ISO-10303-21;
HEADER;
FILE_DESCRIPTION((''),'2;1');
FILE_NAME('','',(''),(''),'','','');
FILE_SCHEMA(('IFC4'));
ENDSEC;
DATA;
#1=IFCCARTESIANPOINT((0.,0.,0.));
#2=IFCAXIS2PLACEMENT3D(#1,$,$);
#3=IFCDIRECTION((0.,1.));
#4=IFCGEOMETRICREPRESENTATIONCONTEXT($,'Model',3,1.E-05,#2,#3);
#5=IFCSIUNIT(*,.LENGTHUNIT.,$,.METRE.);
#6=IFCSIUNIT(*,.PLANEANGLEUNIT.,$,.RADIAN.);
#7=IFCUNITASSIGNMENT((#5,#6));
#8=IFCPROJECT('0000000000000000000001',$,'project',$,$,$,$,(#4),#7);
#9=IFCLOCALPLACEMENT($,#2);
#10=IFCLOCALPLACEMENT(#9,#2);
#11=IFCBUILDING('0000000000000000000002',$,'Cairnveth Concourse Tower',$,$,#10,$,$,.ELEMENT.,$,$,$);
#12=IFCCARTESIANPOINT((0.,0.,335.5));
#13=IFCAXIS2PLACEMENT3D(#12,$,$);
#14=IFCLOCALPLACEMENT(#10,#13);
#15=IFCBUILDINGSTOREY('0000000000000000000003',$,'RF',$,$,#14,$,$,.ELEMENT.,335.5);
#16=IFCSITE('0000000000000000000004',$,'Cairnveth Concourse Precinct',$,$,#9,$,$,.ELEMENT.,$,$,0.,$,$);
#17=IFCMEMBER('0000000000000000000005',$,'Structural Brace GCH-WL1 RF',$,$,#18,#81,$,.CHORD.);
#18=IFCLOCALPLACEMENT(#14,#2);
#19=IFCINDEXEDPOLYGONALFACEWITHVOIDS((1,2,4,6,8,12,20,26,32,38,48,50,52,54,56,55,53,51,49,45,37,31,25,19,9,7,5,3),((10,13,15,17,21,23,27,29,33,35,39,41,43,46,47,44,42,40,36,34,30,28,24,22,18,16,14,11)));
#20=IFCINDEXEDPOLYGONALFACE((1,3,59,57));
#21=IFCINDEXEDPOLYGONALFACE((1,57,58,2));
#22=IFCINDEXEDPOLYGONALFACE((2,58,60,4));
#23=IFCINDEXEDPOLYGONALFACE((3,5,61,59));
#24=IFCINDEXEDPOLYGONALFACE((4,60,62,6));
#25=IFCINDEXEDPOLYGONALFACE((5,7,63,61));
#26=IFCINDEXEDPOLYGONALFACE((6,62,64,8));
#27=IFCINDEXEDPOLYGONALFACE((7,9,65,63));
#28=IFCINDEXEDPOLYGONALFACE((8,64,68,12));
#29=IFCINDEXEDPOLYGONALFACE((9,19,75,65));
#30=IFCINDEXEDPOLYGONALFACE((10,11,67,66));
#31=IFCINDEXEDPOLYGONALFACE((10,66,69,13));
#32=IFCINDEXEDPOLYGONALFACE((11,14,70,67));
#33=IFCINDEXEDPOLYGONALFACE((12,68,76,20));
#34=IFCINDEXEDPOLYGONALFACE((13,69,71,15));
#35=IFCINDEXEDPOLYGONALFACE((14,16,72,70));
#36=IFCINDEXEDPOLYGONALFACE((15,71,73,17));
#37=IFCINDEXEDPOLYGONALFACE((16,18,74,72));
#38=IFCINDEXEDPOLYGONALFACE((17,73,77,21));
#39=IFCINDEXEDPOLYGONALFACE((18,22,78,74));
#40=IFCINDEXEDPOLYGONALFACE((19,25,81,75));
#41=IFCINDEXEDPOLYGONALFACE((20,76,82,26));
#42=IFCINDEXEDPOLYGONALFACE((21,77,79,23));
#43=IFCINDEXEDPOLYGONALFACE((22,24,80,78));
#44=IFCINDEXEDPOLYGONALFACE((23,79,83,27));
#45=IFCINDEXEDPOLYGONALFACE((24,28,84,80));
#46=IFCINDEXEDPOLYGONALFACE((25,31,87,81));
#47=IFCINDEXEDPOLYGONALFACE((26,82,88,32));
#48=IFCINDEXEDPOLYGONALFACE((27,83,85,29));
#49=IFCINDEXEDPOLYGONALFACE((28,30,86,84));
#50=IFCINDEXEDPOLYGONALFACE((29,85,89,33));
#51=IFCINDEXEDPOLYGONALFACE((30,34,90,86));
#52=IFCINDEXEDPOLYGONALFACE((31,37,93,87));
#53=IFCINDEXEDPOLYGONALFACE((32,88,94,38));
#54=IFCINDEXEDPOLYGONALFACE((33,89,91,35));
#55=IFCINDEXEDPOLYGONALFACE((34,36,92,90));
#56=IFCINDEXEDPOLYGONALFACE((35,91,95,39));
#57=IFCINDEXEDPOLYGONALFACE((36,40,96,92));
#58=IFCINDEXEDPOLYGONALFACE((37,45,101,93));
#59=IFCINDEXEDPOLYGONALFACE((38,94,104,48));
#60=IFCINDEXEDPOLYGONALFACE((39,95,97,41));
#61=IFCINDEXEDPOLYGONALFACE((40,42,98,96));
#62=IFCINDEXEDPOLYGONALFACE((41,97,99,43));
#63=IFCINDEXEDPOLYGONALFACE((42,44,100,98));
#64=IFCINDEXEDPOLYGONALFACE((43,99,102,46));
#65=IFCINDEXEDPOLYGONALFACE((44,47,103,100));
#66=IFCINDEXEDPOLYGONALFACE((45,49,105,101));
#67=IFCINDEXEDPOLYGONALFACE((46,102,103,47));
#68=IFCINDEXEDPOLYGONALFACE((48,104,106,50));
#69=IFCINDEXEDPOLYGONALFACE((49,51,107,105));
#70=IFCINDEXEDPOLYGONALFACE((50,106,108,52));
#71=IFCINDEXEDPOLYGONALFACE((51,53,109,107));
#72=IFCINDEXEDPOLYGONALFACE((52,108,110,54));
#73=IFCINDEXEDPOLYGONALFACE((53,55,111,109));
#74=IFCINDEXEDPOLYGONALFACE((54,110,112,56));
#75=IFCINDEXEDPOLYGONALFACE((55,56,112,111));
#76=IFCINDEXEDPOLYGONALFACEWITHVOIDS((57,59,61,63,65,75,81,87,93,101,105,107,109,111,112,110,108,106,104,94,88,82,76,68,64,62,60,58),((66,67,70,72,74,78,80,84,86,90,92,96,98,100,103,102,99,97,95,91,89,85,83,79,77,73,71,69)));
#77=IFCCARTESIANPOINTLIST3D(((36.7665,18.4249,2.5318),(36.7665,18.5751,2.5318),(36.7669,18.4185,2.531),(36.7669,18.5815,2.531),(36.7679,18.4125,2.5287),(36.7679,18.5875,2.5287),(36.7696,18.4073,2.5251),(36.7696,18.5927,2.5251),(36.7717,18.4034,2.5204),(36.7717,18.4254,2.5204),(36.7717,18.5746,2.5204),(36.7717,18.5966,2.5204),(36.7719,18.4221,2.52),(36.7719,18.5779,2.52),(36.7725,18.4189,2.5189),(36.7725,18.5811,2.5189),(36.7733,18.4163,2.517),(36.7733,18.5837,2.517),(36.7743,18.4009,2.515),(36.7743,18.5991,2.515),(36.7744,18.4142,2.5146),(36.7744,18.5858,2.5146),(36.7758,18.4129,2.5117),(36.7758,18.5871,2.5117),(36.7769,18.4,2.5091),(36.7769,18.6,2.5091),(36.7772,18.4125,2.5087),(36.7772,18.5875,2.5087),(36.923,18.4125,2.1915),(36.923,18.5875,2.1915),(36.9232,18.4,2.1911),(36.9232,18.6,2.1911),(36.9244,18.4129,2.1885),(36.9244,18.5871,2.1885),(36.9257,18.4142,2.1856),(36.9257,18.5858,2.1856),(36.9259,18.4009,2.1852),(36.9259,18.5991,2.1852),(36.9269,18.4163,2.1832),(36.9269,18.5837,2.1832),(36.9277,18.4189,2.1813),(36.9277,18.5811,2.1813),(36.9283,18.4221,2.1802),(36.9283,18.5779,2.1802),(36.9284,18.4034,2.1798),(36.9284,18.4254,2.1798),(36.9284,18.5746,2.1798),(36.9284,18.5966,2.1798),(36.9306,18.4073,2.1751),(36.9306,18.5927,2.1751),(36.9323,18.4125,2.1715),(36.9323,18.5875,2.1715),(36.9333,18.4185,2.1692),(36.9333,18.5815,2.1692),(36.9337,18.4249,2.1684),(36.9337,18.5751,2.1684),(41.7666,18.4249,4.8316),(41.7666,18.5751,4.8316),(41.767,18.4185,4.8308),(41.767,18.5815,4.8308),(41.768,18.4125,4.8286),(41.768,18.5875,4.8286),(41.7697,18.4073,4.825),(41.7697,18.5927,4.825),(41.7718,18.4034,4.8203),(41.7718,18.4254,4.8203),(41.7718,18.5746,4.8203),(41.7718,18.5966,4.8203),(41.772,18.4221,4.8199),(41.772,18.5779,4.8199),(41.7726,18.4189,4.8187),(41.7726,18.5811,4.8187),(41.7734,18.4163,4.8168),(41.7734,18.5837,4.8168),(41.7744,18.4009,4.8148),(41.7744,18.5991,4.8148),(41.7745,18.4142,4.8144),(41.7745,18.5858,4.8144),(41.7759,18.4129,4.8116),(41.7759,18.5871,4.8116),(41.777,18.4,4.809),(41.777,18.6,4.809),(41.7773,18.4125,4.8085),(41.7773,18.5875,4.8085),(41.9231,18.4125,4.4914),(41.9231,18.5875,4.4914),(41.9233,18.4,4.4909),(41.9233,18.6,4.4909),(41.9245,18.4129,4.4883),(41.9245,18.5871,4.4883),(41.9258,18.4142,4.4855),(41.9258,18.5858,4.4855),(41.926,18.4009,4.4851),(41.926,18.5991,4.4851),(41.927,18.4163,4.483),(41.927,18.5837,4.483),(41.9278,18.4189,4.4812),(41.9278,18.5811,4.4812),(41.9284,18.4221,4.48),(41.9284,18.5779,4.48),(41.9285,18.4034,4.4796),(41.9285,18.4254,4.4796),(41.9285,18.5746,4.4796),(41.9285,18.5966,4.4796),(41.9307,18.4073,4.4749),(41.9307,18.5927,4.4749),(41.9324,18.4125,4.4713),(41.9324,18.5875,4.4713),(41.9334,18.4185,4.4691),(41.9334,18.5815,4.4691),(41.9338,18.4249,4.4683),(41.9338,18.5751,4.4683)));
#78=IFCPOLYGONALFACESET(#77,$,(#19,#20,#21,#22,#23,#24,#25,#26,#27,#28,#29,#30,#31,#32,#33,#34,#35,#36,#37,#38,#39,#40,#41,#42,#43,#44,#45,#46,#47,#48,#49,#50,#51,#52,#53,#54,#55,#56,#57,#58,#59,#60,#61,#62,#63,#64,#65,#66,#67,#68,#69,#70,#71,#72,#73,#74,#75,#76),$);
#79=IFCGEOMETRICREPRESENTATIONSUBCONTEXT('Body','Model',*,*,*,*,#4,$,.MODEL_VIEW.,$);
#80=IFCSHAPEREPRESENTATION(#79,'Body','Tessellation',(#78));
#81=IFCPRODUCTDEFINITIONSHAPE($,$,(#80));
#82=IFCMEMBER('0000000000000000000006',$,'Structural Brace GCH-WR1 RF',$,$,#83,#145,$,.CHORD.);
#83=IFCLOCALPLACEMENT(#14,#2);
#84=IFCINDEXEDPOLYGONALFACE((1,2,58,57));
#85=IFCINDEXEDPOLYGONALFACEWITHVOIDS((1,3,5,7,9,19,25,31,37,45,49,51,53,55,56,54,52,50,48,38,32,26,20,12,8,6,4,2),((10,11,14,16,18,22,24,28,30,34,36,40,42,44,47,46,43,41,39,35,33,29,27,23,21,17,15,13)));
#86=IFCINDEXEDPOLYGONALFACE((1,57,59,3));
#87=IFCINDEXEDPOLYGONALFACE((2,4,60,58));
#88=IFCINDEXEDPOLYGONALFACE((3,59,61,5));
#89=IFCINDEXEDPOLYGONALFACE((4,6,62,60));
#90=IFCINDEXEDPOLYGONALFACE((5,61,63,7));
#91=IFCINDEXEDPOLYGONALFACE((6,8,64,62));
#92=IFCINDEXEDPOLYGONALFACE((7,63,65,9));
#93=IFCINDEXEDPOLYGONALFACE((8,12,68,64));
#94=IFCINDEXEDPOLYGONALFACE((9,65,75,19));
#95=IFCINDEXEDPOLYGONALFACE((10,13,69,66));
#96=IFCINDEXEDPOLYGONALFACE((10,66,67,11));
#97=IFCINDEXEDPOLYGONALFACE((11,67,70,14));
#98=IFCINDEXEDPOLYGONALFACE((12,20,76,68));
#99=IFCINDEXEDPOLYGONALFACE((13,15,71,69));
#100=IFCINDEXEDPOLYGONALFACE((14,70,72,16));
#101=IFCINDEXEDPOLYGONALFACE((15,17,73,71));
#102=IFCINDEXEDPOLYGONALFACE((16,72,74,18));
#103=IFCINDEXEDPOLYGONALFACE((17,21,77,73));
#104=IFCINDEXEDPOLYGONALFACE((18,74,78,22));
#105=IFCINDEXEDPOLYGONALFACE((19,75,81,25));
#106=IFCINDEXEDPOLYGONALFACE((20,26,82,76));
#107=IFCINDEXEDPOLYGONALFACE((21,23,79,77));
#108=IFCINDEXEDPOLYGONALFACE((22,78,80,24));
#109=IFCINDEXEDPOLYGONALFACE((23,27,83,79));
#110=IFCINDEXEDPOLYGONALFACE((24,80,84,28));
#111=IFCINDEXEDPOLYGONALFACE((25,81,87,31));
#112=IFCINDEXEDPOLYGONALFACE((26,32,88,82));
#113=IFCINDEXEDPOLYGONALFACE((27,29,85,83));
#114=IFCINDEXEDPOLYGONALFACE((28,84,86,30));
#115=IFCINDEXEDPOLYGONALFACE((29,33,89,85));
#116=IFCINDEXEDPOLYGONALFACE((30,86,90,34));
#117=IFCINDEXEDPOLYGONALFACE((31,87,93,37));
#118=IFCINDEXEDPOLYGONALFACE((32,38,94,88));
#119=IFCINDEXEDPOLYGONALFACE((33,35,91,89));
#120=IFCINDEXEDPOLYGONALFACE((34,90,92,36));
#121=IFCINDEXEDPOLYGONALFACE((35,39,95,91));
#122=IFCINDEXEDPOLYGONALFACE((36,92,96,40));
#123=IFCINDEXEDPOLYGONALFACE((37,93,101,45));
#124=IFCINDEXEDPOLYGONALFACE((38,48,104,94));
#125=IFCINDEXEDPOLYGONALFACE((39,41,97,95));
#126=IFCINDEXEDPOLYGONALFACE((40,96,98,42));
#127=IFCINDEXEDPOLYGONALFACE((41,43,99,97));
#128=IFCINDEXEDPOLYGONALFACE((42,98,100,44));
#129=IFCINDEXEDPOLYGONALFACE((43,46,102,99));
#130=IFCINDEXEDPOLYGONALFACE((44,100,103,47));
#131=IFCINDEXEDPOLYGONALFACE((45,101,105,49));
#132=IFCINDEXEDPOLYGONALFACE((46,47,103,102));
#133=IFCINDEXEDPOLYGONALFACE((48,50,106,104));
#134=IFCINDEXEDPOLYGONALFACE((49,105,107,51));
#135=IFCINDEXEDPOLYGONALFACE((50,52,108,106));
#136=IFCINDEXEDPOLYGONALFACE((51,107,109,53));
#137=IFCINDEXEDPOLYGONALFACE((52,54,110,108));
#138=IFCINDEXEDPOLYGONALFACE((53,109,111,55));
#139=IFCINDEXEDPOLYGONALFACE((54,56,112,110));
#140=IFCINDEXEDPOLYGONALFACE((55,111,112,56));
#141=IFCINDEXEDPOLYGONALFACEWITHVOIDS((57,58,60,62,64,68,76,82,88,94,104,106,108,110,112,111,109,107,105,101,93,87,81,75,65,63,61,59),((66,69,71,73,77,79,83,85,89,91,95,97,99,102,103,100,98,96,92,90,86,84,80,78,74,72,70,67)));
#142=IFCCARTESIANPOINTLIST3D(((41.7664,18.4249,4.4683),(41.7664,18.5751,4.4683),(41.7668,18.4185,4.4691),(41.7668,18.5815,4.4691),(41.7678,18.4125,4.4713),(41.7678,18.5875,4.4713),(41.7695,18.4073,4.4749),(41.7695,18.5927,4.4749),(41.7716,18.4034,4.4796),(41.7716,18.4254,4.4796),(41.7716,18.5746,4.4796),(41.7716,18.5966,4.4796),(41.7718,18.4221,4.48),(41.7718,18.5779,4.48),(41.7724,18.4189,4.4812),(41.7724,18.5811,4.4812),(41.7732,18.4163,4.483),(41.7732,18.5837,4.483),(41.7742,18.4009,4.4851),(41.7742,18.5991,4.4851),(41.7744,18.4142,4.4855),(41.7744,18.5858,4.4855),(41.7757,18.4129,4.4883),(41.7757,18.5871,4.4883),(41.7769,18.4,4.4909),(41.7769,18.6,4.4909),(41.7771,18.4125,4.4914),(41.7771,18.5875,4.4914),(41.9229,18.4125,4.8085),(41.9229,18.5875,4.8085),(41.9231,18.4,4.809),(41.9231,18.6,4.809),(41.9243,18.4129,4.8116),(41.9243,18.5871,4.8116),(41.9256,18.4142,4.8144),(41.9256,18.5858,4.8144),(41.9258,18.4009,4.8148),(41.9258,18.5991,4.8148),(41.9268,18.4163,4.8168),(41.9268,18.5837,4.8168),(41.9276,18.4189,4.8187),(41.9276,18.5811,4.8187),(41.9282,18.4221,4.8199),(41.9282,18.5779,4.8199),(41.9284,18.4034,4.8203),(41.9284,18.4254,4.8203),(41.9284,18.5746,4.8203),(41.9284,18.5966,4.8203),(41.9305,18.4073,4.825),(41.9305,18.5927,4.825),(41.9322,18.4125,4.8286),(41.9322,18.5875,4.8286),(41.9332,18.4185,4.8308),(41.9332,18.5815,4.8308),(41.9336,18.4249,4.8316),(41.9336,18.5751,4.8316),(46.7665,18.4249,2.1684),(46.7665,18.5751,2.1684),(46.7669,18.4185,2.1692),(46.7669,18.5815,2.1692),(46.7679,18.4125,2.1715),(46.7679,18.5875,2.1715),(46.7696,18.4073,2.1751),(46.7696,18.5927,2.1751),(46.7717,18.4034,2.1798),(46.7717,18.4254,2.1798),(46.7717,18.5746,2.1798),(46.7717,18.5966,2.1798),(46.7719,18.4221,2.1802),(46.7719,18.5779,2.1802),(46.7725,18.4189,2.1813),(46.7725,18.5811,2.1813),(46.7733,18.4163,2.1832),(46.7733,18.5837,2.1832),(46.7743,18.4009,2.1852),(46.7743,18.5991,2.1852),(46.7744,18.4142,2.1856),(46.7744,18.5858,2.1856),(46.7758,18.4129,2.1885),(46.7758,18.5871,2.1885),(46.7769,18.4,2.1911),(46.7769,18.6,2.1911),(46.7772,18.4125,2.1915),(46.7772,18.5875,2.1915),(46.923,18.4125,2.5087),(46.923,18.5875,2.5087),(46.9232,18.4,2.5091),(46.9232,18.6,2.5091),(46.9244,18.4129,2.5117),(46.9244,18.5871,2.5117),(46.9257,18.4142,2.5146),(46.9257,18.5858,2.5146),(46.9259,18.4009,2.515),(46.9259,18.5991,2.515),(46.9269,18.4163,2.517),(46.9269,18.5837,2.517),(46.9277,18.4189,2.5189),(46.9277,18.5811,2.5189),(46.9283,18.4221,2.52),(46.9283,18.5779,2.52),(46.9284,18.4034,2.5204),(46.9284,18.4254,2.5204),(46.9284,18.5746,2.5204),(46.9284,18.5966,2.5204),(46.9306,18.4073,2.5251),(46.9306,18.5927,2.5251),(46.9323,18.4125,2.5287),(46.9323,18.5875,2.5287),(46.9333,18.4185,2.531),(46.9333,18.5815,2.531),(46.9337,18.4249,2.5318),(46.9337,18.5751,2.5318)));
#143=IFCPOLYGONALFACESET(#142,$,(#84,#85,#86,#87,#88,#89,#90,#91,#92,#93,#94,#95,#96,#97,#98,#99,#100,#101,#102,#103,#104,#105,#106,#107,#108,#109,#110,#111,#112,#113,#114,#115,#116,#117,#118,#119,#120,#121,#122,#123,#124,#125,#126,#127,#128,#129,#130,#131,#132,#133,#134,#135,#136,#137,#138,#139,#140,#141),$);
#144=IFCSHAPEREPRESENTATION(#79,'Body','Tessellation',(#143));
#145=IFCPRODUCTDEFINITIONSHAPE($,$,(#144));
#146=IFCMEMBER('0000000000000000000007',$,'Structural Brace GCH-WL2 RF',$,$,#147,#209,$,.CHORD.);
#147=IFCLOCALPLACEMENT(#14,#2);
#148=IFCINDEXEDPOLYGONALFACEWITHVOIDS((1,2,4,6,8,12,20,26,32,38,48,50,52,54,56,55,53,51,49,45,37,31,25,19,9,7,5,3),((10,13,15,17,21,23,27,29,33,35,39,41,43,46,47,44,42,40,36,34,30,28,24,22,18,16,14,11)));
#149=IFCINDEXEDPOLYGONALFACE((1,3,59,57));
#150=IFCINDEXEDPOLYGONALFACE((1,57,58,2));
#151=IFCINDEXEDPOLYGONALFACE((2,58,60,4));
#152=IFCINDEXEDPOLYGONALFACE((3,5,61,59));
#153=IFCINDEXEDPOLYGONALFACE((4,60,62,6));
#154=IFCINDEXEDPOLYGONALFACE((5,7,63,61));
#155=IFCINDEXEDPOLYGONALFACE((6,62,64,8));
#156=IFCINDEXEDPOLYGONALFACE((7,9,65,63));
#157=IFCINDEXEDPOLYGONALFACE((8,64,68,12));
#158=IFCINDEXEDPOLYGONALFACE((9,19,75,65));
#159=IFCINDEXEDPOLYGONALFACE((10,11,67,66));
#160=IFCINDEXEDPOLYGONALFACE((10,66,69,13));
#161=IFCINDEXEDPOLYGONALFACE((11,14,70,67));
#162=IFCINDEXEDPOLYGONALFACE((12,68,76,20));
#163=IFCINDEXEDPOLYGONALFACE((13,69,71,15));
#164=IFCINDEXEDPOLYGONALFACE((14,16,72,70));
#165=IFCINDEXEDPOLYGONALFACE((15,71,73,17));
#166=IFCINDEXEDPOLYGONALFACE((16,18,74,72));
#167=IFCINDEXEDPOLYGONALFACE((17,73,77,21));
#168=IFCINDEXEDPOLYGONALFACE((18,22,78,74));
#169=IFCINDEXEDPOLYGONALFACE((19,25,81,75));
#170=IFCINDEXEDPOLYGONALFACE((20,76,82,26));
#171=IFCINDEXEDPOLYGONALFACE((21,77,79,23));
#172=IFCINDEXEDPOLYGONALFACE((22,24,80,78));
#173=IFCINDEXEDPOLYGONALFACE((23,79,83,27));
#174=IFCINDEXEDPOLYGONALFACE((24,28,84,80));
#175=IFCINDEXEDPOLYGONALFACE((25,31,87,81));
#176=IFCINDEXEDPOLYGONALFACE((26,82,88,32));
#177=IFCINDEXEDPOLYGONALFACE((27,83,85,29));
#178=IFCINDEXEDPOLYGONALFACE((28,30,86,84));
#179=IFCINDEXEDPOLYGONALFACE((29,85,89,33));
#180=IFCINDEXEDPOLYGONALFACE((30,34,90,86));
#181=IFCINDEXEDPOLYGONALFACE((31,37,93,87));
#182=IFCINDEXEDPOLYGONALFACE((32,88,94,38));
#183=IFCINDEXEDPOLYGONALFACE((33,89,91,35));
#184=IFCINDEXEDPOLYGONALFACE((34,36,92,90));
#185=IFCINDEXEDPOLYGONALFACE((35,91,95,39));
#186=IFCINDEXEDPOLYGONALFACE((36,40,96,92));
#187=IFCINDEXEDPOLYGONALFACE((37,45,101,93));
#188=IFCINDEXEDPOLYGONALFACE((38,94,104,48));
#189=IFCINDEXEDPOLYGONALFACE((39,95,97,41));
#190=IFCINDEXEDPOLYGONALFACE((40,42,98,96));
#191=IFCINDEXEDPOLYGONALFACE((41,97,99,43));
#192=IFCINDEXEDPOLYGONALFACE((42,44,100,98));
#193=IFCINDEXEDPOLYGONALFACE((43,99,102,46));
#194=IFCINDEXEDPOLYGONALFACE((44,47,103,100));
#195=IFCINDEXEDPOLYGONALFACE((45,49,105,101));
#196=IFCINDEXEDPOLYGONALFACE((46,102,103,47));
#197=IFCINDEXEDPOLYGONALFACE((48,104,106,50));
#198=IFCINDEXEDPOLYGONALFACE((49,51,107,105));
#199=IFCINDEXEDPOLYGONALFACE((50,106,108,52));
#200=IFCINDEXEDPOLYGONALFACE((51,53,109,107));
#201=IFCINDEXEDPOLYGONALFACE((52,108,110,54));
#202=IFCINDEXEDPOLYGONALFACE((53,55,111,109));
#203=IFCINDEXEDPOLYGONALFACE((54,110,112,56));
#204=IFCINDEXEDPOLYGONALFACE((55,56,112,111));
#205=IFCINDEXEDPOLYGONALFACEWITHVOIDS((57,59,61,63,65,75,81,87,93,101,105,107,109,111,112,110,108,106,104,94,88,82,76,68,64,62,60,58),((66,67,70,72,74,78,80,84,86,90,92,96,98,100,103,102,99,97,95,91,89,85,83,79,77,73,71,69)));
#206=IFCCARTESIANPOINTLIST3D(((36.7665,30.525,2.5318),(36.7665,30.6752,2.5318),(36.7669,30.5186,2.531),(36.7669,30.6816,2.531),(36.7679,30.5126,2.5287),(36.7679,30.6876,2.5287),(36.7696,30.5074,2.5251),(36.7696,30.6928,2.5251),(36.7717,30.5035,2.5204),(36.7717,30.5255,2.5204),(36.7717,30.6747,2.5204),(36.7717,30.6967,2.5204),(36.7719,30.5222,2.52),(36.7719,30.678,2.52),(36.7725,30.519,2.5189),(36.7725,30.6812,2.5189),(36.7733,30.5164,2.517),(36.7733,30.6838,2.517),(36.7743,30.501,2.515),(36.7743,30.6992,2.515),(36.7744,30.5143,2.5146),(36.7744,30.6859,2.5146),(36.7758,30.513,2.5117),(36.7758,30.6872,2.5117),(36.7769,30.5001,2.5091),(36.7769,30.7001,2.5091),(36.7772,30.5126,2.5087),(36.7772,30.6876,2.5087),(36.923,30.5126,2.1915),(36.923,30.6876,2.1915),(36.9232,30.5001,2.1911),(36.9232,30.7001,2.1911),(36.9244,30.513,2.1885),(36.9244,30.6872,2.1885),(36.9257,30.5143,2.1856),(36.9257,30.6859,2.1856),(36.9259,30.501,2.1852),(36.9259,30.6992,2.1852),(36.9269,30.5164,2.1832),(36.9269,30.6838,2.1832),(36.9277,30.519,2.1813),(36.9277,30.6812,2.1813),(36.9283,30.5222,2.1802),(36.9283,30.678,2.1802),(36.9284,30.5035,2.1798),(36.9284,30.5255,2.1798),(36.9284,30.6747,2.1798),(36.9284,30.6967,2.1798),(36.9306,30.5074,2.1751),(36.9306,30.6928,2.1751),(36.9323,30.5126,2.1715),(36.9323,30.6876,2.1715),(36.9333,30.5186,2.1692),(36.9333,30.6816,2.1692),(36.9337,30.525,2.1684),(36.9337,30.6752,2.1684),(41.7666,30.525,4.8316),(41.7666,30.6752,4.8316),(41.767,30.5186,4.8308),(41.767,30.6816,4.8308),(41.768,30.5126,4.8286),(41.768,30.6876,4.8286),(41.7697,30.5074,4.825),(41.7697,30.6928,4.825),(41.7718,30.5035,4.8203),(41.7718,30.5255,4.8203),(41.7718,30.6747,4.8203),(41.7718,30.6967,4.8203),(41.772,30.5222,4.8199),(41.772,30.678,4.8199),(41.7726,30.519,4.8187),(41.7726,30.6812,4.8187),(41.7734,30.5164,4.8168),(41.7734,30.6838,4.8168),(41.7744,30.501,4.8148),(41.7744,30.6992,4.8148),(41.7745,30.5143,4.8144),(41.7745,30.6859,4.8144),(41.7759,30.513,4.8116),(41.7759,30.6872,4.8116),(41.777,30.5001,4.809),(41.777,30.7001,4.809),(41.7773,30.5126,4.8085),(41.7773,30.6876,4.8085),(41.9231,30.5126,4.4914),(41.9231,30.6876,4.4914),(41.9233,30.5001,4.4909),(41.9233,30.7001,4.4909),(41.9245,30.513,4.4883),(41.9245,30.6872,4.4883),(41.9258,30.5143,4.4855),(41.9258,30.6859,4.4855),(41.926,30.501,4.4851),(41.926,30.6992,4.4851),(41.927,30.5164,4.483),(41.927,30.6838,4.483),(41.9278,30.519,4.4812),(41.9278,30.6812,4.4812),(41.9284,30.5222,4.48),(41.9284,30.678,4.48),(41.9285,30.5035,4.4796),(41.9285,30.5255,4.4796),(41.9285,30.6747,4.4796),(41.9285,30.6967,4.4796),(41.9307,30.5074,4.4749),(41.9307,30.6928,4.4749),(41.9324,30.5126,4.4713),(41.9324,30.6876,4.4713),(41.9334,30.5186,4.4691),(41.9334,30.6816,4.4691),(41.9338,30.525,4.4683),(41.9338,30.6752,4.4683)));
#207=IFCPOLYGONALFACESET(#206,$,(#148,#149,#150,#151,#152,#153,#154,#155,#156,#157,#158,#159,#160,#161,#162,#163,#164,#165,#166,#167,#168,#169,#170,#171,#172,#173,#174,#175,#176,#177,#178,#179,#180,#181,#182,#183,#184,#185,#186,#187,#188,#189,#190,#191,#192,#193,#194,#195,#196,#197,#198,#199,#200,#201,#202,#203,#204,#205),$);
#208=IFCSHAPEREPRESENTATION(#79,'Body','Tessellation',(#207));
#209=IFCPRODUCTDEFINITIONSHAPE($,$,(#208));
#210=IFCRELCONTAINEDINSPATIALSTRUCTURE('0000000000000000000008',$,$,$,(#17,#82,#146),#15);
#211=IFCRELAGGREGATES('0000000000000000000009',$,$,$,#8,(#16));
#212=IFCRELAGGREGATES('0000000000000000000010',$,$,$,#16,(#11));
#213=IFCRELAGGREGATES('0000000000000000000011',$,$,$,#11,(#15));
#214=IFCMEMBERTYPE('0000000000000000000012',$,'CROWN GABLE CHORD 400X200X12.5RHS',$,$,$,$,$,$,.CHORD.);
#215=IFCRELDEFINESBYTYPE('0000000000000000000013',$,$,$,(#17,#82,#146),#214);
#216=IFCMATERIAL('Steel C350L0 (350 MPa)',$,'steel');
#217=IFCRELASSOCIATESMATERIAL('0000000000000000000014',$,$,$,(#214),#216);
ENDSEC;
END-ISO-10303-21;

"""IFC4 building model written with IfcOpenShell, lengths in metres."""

from ifc_helpers import new_model, si_unit, direction, frame, origin, origin_2d, place, context, subcontext, project, spatial, hollow_rectangle, extrude, material, material_profile, profile_set, type_object, element, save


model = new_model("IFC4")

# Units and contexts
model_context = context("Model", 3, precision=1e-05, world=origin(), true_north=direction((0.0, 1.0)))
body_context = subcontext(model_context, "Body", "Model", "MODEL_VIEW")
ifc_project = project(units=[si_unit("LENGTHUNIT", "METRE"), si_unit("PLANEANGLEUNIT", "RADIAN")], contexts=[model_context])

# Site, building, storey
site_placement = place(None, origin())
site = spatial("IfcSite", under=ifc_project, at=site_placement, Name="Cairnveth Concourse Precinct", CompositionType="ELEMENT", RefElevation=0.0)
building_placement = place(site_placement, origin())
building = spatial("IfcBuilding", under=site, at=building_placement, Name="Cairnveth Concourse Tower", CompositionType="ELEMENT")
storey_placement = place(building_placement, frame((0.0, 0.0, 335.5)))
storey = spatial("IfcBuildingStorey", under=building, at=storey_placement, Name="RF", CompositionType="ELEMENT", Elevation=335.5)

# Members
ifc_material_1 = material(Name="Steel C350L0 (350 MPa)", Category="steel")
ifc_material_profile_1 = material_profile(ifc_material_1, hollow_rectangle(XDim=0.2, YDim=0.3999, WallThickness=0.0125, InnerFilletRadius=0.0129, OuterFilletRadius=0.0249, at=origin_2d()), Name="400x200x12.5RHS")
ifc_profile_set_1 = profile_set([ifc_material_profile_1], Name="Steel C350L0 (350 MPa)")
member_type = type_object("IfcMemberType", Name="CROWN GABLE CHORD 400X200X12.5RHS", PredefinedType="CHORD", material=ifc_profile_set_1)
for number, where, z_axis, x_axis, name in (
    (1, (36.8501, 18.5, 2.3501), (0.908504, 0.0, 0.417876), (0.0, 1.0, 0.0), "Structural Brace GCH-WL1 RF"),
    (2, (46.8501, 18.5, 2.3501), (-0.908504, 0.0, 0.417876), (0.0, -1.0, 0.0), "Structural Brace GCH-WR1 RF"),
    (3, (36.8501, 30.6001, 2.3501), (0.908504, 0.0, 0.417876), (0.0, 1.0, 0.0), "Structural Brace GCH-WL2 RF"),
):
    element("IfcMember", number, at=place(storey_placement, frame(where, z_axis=z_axis, x_axis=x_axis)), inside=storey, type_object=member_type, Name=name, PredefinedType="CHORD", context=body_context, shape_type="SweptSolid", body=[
        extrude(hollow_rectangle(XDim=0.2, YDim=0.3999, WallThickness=0.0125, InnerFilletRadius=0.0129, OuterFilletRadius=0.0249, at=origin_2d()), origin(), (0.0, 0.0, 1.0), 5.5037),
    ])

save(model, "model.ifc")
